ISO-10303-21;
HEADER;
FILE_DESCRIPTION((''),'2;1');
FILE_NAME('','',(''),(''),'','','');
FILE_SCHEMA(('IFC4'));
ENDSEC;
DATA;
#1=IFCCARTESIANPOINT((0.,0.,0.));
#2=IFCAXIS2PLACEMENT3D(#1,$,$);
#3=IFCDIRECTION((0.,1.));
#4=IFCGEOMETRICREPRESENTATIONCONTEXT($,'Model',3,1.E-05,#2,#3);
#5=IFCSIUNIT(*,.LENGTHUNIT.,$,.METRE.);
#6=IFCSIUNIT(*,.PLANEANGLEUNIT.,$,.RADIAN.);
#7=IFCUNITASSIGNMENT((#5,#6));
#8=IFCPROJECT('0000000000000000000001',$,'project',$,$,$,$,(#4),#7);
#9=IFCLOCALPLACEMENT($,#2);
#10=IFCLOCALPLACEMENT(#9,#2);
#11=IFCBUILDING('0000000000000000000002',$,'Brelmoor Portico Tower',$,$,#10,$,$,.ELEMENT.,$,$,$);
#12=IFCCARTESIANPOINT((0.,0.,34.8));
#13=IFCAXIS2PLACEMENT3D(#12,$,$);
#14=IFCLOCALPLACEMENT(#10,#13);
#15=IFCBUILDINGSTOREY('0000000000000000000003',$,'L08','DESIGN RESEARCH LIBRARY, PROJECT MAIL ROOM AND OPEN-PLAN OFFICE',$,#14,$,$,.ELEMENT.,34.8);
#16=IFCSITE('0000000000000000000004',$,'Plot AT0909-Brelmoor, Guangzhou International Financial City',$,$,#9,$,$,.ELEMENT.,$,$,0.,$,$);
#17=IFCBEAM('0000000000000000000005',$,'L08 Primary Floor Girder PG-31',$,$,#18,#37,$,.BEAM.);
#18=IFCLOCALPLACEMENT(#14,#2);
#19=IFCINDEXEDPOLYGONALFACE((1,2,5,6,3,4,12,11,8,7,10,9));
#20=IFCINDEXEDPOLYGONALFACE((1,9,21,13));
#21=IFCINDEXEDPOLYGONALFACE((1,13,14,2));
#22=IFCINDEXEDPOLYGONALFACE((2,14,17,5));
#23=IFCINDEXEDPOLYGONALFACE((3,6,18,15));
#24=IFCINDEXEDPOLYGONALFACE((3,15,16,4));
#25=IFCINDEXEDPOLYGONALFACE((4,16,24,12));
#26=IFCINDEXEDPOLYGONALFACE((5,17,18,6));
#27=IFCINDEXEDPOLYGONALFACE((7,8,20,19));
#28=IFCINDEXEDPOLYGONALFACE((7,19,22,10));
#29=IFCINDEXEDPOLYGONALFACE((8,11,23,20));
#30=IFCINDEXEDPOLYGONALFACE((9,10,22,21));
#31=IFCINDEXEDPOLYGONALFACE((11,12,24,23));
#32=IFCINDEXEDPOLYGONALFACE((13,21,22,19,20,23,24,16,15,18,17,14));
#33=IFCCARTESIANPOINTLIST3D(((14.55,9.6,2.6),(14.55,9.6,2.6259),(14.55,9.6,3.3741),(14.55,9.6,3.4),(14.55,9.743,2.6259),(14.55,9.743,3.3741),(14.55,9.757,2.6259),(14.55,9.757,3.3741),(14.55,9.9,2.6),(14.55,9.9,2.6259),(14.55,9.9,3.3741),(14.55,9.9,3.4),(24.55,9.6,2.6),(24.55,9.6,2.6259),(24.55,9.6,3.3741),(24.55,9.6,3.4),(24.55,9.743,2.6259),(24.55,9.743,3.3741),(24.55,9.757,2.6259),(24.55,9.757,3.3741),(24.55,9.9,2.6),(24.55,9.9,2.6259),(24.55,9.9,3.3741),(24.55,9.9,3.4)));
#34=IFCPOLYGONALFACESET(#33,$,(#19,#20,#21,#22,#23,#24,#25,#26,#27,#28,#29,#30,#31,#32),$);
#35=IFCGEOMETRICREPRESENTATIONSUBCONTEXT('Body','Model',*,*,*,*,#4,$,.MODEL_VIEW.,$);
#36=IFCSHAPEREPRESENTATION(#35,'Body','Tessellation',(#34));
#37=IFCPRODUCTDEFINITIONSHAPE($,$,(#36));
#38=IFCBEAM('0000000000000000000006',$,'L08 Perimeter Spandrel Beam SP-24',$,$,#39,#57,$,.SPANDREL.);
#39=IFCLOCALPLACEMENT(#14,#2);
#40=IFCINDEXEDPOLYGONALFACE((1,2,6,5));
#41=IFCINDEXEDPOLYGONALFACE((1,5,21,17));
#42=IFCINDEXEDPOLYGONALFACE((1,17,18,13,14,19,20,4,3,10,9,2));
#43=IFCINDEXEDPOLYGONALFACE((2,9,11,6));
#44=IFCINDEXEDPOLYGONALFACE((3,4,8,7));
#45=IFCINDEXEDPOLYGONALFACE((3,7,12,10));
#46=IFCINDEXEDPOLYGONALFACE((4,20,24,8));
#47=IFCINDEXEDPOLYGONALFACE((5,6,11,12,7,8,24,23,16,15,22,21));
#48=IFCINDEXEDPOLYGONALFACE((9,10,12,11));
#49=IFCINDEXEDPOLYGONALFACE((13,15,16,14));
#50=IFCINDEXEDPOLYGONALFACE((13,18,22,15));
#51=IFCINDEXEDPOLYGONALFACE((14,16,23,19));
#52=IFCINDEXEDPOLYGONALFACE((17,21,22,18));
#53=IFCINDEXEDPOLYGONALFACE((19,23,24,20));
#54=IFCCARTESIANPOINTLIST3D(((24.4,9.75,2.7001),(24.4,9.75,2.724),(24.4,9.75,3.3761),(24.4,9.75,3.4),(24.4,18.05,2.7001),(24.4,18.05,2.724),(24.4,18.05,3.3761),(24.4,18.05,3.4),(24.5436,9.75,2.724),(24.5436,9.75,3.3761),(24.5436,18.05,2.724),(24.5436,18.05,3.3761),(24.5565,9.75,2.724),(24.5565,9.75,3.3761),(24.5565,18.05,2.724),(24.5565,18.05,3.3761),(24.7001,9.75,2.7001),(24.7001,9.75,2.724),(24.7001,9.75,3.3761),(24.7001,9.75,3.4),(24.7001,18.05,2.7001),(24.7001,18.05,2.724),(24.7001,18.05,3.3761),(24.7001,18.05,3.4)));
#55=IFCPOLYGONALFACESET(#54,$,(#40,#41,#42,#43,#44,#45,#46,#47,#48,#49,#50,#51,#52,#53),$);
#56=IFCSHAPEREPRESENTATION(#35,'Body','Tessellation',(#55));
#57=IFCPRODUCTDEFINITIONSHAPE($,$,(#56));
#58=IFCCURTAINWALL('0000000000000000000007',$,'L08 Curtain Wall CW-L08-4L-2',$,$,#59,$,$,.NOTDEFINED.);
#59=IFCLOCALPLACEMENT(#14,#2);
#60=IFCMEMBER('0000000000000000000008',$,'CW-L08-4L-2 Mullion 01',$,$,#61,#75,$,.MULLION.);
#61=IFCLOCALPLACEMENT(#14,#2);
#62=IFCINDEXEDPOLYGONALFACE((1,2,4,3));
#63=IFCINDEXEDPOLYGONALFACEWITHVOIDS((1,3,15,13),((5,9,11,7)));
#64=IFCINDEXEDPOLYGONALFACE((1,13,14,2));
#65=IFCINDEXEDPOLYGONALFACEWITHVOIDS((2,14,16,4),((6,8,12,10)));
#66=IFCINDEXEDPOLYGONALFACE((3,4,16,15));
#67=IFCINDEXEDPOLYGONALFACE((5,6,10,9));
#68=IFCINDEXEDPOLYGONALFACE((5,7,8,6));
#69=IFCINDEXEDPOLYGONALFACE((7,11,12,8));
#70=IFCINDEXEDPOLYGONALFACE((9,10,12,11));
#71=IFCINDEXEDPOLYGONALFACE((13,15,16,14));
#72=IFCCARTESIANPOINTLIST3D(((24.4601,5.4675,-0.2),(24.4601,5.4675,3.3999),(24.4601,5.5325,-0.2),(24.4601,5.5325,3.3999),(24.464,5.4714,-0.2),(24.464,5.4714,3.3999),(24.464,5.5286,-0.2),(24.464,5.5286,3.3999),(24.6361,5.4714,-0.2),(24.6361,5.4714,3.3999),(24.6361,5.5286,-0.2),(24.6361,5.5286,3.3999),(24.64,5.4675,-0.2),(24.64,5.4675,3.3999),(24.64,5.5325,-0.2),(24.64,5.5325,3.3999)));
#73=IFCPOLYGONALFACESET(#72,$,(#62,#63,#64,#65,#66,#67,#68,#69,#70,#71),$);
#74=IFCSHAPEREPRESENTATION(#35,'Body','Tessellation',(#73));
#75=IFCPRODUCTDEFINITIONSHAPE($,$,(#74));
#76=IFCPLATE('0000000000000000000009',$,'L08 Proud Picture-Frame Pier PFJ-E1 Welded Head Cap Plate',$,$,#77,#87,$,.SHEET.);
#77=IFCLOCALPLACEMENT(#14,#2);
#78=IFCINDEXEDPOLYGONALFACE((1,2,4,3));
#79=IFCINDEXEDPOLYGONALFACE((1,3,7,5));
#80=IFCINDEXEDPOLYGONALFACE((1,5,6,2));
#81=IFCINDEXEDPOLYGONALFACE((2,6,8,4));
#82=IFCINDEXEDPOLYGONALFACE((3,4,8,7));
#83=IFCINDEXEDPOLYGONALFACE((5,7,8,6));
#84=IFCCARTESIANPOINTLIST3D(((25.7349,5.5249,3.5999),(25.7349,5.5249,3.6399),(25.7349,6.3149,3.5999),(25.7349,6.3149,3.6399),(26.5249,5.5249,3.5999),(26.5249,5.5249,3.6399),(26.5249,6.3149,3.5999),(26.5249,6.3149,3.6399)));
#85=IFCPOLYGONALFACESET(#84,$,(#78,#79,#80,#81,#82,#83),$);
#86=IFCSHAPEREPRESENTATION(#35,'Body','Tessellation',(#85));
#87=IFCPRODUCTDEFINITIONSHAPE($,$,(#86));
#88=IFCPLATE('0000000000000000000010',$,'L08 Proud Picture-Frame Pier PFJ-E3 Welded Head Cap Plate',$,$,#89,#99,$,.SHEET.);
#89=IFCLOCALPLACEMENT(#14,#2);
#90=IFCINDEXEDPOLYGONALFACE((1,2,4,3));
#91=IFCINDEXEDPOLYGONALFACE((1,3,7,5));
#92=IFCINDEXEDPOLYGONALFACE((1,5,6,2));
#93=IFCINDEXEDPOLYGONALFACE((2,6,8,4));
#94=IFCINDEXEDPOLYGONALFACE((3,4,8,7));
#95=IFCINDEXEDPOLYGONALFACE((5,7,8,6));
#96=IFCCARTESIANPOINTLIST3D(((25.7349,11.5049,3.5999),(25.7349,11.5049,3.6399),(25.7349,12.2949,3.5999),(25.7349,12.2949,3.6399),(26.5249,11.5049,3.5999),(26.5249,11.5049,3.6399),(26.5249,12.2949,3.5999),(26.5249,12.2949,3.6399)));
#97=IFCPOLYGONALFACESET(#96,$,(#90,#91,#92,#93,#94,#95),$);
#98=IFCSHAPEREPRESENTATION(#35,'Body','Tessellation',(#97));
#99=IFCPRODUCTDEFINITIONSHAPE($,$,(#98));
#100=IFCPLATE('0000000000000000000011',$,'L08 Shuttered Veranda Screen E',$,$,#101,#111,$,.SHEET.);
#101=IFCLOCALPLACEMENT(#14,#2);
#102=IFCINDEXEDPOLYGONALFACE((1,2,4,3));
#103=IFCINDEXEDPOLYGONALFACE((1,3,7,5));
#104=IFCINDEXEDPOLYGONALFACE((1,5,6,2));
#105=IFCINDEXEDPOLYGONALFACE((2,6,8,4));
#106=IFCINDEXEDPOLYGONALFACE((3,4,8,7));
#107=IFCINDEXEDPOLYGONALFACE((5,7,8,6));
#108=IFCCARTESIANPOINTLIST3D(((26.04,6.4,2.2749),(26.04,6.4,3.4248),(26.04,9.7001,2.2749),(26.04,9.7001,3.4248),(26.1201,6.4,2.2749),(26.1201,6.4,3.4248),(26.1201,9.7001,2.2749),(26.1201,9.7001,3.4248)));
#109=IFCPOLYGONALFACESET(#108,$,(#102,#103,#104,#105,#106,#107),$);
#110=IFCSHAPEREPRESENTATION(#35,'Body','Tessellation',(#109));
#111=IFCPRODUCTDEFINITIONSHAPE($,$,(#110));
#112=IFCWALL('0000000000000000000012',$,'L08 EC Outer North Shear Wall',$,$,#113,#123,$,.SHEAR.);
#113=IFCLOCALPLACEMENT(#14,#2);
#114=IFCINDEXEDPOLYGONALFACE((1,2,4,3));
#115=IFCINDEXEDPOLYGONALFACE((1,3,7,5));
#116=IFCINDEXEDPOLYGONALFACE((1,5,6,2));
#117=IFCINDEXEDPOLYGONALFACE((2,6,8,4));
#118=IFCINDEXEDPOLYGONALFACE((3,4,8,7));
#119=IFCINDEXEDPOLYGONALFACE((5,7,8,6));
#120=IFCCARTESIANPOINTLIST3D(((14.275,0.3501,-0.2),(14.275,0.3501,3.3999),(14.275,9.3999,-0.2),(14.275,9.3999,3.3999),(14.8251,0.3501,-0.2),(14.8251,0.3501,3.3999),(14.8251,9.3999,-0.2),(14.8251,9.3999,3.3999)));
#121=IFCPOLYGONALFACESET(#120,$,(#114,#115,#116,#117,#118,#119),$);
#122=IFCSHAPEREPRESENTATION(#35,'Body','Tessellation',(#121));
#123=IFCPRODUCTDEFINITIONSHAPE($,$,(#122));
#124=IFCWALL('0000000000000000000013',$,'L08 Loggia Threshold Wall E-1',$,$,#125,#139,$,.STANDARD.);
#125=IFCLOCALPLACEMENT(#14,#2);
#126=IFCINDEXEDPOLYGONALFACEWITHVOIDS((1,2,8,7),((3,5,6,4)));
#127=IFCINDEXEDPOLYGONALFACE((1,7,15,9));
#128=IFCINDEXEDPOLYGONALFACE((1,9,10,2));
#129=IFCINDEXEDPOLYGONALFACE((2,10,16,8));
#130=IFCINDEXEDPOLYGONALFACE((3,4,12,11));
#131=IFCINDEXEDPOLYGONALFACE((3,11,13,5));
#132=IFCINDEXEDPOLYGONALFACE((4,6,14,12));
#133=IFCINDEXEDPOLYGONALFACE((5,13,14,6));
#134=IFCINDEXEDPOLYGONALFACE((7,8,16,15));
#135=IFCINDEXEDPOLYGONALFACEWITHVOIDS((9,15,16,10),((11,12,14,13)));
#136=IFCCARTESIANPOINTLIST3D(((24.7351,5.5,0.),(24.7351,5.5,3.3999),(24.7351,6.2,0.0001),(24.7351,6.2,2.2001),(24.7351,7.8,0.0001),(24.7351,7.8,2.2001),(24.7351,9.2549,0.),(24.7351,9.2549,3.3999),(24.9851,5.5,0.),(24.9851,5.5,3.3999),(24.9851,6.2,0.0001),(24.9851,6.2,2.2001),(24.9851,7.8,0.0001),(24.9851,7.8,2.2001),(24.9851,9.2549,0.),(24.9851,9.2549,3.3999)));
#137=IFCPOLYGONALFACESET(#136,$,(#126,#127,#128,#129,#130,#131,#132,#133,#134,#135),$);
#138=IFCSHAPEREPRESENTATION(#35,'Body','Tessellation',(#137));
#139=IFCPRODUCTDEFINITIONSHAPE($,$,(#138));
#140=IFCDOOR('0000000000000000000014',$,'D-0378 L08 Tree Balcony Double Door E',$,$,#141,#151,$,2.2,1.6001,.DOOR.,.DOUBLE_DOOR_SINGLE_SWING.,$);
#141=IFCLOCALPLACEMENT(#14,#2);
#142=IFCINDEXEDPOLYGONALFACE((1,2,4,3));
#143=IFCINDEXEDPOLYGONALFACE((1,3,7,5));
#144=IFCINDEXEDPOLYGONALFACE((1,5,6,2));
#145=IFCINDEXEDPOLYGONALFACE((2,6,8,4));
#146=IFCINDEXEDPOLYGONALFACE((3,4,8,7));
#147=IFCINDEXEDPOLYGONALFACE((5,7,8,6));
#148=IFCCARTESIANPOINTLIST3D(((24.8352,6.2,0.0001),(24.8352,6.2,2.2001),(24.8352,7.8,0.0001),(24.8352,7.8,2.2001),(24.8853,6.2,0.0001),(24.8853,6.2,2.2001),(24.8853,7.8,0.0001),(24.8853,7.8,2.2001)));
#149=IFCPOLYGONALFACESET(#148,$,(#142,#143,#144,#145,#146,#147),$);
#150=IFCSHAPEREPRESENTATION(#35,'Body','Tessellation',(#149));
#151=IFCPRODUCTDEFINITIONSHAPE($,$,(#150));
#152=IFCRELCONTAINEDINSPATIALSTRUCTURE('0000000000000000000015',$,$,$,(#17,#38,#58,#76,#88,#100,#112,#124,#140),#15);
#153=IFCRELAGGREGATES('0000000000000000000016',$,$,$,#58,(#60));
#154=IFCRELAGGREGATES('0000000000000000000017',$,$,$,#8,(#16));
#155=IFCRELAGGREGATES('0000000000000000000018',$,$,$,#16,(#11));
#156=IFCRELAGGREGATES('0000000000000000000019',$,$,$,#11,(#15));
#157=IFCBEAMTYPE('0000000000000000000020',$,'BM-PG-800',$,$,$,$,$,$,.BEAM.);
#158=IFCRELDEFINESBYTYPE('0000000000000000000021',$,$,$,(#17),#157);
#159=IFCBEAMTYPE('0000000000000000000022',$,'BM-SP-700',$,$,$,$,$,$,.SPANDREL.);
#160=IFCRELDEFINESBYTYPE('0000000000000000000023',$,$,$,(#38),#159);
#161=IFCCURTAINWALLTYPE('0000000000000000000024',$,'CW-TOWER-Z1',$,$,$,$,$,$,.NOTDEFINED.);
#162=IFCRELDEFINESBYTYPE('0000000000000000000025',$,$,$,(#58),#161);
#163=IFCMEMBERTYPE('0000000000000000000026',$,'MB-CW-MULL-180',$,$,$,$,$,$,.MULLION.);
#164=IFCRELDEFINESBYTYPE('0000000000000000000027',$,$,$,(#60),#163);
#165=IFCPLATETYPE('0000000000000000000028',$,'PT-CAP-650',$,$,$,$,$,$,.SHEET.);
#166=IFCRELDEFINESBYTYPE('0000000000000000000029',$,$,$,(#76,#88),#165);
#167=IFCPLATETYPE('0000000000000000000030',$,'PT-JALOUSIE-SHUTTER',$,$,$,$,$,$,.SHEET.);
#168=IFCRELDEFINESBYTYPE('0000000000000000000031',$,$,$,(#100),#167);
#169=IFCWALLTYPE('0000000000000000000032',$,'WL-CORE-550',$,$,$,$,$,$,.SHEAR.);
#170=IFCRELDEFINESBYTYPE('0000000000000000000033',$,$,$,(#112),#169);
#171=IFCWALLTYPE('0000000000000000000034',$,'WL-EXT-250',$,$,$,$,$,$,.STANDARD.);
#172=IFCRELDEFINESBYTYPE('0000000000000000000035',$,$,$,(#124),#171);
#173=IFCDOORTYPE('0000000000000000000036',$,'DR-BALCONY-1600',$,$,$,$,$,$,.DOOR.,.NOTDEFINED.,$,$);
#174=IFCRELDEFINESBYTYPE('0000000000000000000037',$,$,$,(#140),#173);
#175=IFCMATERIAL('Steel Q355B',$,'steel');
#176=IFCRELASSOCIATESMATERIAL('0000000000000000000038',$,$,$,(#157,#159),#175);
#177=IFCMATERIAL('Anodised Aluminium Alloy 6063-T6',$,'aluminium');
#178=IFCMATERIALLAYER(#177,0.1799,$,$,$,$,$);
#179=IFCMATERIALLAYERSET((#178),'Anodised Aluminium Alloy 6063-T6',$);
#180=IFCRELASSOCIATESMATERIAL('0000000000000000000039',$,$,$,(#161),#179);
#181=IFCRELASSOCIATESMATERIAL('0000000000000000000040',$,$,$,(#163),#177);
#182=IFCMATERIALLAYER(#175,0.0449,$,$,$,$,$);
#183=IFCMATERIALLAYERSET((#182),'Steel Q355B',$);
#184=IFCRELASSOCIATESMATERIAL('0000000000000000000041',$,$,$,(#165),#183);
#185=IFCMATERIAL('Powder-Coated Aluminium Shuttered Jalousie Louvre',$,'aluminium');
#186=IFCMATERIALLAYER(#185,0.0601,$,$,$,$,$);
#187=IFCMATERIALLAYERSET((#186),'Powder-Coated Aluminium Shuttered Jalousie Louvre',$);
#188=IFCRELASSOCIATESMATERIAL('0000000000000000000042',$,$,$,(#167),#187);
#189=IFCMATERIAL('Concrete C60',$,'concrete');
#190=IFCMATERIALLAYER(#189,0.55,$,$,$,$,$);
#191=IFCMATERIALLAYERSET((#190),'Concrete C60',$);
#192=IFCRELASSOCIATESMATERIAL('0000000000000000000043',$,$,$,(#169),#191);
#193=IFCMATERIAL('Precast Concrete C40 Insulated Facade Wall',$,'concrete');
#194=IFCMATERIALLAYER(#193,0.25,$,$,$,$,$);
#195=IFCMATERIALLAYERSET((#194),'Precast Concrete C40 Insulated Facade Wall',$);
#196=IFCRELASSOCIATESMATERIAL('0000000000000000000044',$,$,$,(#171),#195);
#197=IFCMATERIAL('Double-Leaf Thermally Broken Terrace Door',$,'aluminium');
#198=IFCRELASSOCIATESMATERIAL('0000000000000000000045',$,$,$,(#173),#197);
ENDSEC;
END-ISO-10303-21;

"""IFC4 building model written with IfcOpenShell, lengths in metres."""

from ifc_helpers import new_model, si_unit, direction, frame, frame_2d, origin, origin_2d, place, context, subcontext, project, spatial, rectangle, hollow_rectangle, i_section, extrude, material, layer, layer_set, material_profile, profile_set, type_object, element, fill, aggregate, save


model = new_model("IFC4")

# Units and contexts
model_context = context("Model", 3, precision=1e-05, world=origin(), true_north=direction((0.0, 1.0)))
body_context = subcontext(model_context, "Body", "Model", "MODEL_VIEW")
ifc_project = project(units=[si_unit("LENGTHUNIT", "METRE"), si_unit("PLANEANGLEUNIT", "RADIAN")], contexts=[model_context])

# Site, building, storey
site_placement = place(None, origin())
site = spatial("IfcSite", under=ifc_project, at=site_placement, Name="Plot AT0909-Brelmoor, Guangzhou International Financial City", CompositionType="ELEMENT", RefElevation=0.0)
building_placement = place(site_placement, origin())
building = spatial("IfcBuilding", under=site, at=building_placement, Name="Brelmoor Portico Tower", CompositionType="ELEMENT")
storey_placement = place(building_placement, frame((0.0, 0.0, 34.8)))
storey = spatial("IfcBuildingStorey", under=building, at=storey_placement, Name="L08", Description="DESIGN RESEARCH LIBRARY, PROJECT MAIL ROOM AND OPEN-PLAN OFFICE", CompositionType="ELEMENT", Elevation=34.8)

# Shared definitions
ifc_material_1 = material(Name="Steel Q355B", Category="steel")

# Beams
ifc_material_profile_1 = material_profile(ifc_material_1, i_section(OverallWidth=0.3, OverallDepth=0.8, WebThickness=0.0139, FlangeThickness=0.0259, at=origin_2d()), Name="HN 800x300x14x26")
ifc_profile_set_1 = profile_set([ifc_material_profile_1], Name="Steel Q355B")
beam_type_1 = type_object("IfcBeamType", Name="BM-PG-800", PredefinedType="BEAM", material=ifc_profile_set_1)
beam_1_placement = place(storey_placement, frame((14.55, 9.75, 3.0), z_axis=(1.0, 0.0, 0.0), x_axis=(0.0, 1.0, 0.0)))
element("IfcBeam", 1, at=beam_1_placement, inside=storey, type_object=beam_type_1, Name="L08 Primary Floor Girder PG-31", PredefinedType="BEAM", context=body_context, shape_type="SweptSolid", body=[
    extrude(i_section(OverallWidth=0.3, OverallDepth=0.8, WebThickness=0.0139, FlangeThickness=0.0259, at=origin_2d()), origin(), (0.0, 0.0, 1.0), 10.0),
])
ifc_material_profile_2 = material_profile(ifc_material_1, i_section(OverallWidth=0.3, OverallDepth=0.7, WebThickness=0.0129, FlangeThickness=0.0239, at=origin_2d()), Name="HN 700x300x13x24")
ifc_profile_set_2 = profile_set([ifc_material_profile_2], Name="Steel Q355B")
beam_type_2 = type_object("IfcBeamType", Name="BM-SP-700", PredefinedType="SPANDREL", material=ifc_profile_set_2)
beam_2_placement = place(storey_placement, frame((24.55, 9.75, 3.05), z_axis=(0.0, 1.0, 0.0), x_axis=(-1.0, 0.0, 0.0)))
element("IfcBeam", 2, at=beam_2_placement, inside=storey, type_object=beam_type_2, Name="L08 Perimeter Spandrel Beam SP-24", PredefinedType="SPANDREL", context=body_context, shape_type="SweptSolid", body=[
    extrude(i_section(OverallWidth=0.3, OverallDepth=0.7, WebThickness=0.0129, FlangeThickness=0.0239, at=origin_2d()), origin(), (0.0, 0.0, 1.0), 8.3),
])

# Curtain wall, member
ifc_material_2 = material(Name="Anodised Aluminium Alloy 6063-T6", Category="aluminium")
ifc_layer_1 = layer(ifc_material_2, 0.1799)
ifc_layer_set_1 = layer_set([ifc_layer_1], Name="Anodised Aluminium Alloy 6063-T6")
curtain_wall_type = type_object("IfcCurtainWallType", Name="CW-TOWER-Z1", PredefinedType="NOTDEFINED", material=ifc_layer_set_1)
curtain_wall_placement = place(storey_placement, origin())
curtain_wall = element("IfcCurtainWall", 3, at=curtain_wall_placement, inside=storey, type_object=curtain_wall_type, Name="L08 Curtain Wall CW-L08-4L-2", PredefinedType="NOTDEFINED")
ifc_material_profile_3 = material_profile(ifc_material_2, hollow_rectangle(XDim=0.0649, YDim=0.1799, WallThickness=0.0039, at=origin_2d()), Name="ALU MULLION 65x180")
ifc_profile_set_3 = profile_set([ifc_material_profile_3], Name="Anodised Aluminium Alloy 6063-T6")
member_type = type_object("IfcMemberType", Name="MB-CW-MULL-180", PredefinedType="MULLION", material=ifc_profile_set_3)
member_placement = place(storey_placement, frame((24.55, 5.5, -0.2), z_axis=(0.0, 0.0, 1.0), x_axis=(0.0, 1.0, 0.0)))
member = element("IfcMember", 4, at=member_placement, type_object=member_type, Name="CW-L08-4L-2 Mullion 01", PredefinedType="MULLION", context=body_context, shape_type="SweptSolid", body=[
    extrude(hollow_rectangle(XDim=0.0649, YDim=0.1799, WallThickness=0.0039, at=origin_2d()), origin(), (0.0, 0.0, 1.0), 3.5999),
])
aggregate(curtain_wall, [member])

# Plates
ifc_layer_2 = layer(ifc_material_1, 0.0449)
ifc_layer_set_2 = layer_set([ifc_layer_2], Name="Steel Q355B")
plate_type_1 = type_object("IfcPlateType", Name="PT-CAP-650", PredefinedType="SHEET", material=ifc_layer_set_2)
for number, where, z_axis, x_axis, name in (
    (5, (26.1299, 5.9199, 3.5999), (0.0, 0.0, 1.0), (0.0, 1.0, 0.0), "L08 Proud Picture-Frame Pier PFJ-E1 Welded Head Cap Plate"),
    (6, (26.1299, 11.8999, 3.5999), (0.0, 0.0, 1.0), (0.0, 1.0, 0.0), "L08 Proud Picture-Frame Pier PFJ-E3 Welded Head Cap Plate"),
):
    element("IfcPlate", number, at=place(storey_placement, frame(where, z_axis=z_axis, x_axis=x_axis)), inside=storey, type_object=plate_type_1, Name=name, PredefinedType="SHEET", context=body_context, shape_type="SweptSolid", body=[
        extrude(rectangle(XDim=0.79, YDim=0.79, at=origin_2d()), origin(), (0.0, 0.0, 1.0), 0.04),
    ])
ifc_material_3 = material(Name="Powder-Coated Aluminium Shuttered Jalousie Louvre", Category="aluminium")
ifc_layer_3 = layer(ifc_material_3, 0.0601)
ifc_layer_set_3 = layer_set([ifc_layer_3], Name="Powder-Coated Aluminium Shuttered Jalousie Louvre")
plate_type_2 = type_object("IfcPlateType", Name="PT-JALOUSIE-SHUTTER", PredefinedType="SHEET", material=ifc_layer_set_3)
plate_placement = place(storey_placement, frame((26.0801, 8.05, 2.2749), z_axis=(0.0, 0.0, 1.0), x_axis=(0.0, 1.0, 0.0)))
element("IfcPlate", 7, at=plate_placement, inside=storey, type_object=plate_type_2, Name="L08 Shuttered Veranda Screen E", PredefinedType="SHEET", context=body_context, shape_type="SweptSolid", body=[
    extrude(rectangle(XDim=3.3, YDim=0.0801, at=origin_2d()), origin(), (0.0, 0.0, 1.0), 1.1499),
])

# Wall
ifc_material_4 = material(Name="Concrete C60", Category="concrete")
ifc_layer_4 = layer(ifc_material_4, 0.55)
ifc_layer_set_4 = layer_set([ifc_layer_4], Name="Concrete C60")
wall_type_1 = type_object("IfcWallType", Name="WL-CORE-550", PredefinedType="SHEAR", material=ifc_layer_set_4)
wall_1_placement = place(storey_placement, frame((14.55, 0.3501, -0.2), z_axis=(0.0, 0.0, 1.0), x_axis=(0.0, 1.0, 0.0)))
element("IfcWall", 8, at=wall_1_placement, inside=storey, type_object=wall_type_1, Name="L08 EC Outer North Shear Wall", PredefinedType="SHEAR", context=body_context, shape_type="SweptSolid", body=[
    extrude(rectangle(XDim=9.0498, YDim=0.55, at=frame_2d((4.5249, 0.0))), origin(), (0.0, 0.0, 1.0), 3.5999),
])

# Wall, opening, door
ifc_material_5 = material(Name="Precast Concrete C40 Insulated Facade Wall", Category="concrete")
ifc_layer_5 = layer(ifc_material_5, 0.25)
ifc_layer_set_5 = layer_set([ifc_layer_5], Name="Precast Concrete C40 Insulated Facade Wall")
wall_type_2 = type_object("IfcWallType", Name="WL-EXT-250", PredefinedType="STANDARD", material=ifc_layer_set_5)
wall_2_placement = place(storey_placement, frame((24.8601, 5.5, 0.0), z_axis=(0.0, 0.0, 1.0), x_axis=(0.0, 1.0, 0.0)))
wall_2 = element("IfcWall", 9, at=wall_2_placement, inside=storey, type_object=wall_type_2, Name="L08 Loggia Threshold Wall E-1", PredefinedType="STANDARD", context=body_context, shape_type="SweptSolid", body=[
    extrude(rectangle(XDim=3.7549, YDim=0.25, at=frame_2d((1.8774, 0.0))), origin(), (0.0, 0.0, 1.0), 3.3999),
])
opening_1_placement = place(wall_2_placement, frame((0.7, 0.0, 0.0)))
opening_1 = element("IfcOpeningElement", 10, at=opening_1_placement, cuts=wall_2, PredefinedType="OPENING", context=body_context, shape_type="SweptSolid", body=[
    extrude(rectangle(XDim=1.6001, YDim=2.2, at=frame_2d((0.8, 1.1001))), frame((0.0, 0.135, 0.0), z_axis=(0.0, -1.0, 0.0), x_axis=(1.0, 0.0, 0.0)), (0.0, 0.0, 1.0), 0.27),
])
ifc_material_6 = material(Name="Double-Leaf Thermally Broken Terrace Door", Category="aluminium")
door_type = type_object("IfcDoorType", Name="DR-BALCONY-1600", OperationType="NOTDEFINED", PredefinedType="DOOR", material=ifc_material_6)
door_placement = place(opening_1_placement, origin())
door = element("IfcDoor", 11, at=door_placement, inside=storey, type_object=door_type, Name="D-0378 L08 Tree Balcony Double Door E", OperationType="DOUBLE_DOOR_SINGLE_SWING", OverallHeight=2.2, OverallWidth=1.6001, PredefinedType="DOOR", context=body_context, shape_type="SweptSolid", body=[
    extrude(rectangle(XDim=1.6001, YDim=2.2, at=frame_2d((0.8, 1.1001))), frame((0.0, 0.0249, 0.0), z_axis=(0.0, -1.0, 0.0), x_axis=(1.0, 0.0, 0.0)), (0.0, 0.0, 1.0), 0.05),
])
fill(opening_1, door)

save(model, "model.ifc")
